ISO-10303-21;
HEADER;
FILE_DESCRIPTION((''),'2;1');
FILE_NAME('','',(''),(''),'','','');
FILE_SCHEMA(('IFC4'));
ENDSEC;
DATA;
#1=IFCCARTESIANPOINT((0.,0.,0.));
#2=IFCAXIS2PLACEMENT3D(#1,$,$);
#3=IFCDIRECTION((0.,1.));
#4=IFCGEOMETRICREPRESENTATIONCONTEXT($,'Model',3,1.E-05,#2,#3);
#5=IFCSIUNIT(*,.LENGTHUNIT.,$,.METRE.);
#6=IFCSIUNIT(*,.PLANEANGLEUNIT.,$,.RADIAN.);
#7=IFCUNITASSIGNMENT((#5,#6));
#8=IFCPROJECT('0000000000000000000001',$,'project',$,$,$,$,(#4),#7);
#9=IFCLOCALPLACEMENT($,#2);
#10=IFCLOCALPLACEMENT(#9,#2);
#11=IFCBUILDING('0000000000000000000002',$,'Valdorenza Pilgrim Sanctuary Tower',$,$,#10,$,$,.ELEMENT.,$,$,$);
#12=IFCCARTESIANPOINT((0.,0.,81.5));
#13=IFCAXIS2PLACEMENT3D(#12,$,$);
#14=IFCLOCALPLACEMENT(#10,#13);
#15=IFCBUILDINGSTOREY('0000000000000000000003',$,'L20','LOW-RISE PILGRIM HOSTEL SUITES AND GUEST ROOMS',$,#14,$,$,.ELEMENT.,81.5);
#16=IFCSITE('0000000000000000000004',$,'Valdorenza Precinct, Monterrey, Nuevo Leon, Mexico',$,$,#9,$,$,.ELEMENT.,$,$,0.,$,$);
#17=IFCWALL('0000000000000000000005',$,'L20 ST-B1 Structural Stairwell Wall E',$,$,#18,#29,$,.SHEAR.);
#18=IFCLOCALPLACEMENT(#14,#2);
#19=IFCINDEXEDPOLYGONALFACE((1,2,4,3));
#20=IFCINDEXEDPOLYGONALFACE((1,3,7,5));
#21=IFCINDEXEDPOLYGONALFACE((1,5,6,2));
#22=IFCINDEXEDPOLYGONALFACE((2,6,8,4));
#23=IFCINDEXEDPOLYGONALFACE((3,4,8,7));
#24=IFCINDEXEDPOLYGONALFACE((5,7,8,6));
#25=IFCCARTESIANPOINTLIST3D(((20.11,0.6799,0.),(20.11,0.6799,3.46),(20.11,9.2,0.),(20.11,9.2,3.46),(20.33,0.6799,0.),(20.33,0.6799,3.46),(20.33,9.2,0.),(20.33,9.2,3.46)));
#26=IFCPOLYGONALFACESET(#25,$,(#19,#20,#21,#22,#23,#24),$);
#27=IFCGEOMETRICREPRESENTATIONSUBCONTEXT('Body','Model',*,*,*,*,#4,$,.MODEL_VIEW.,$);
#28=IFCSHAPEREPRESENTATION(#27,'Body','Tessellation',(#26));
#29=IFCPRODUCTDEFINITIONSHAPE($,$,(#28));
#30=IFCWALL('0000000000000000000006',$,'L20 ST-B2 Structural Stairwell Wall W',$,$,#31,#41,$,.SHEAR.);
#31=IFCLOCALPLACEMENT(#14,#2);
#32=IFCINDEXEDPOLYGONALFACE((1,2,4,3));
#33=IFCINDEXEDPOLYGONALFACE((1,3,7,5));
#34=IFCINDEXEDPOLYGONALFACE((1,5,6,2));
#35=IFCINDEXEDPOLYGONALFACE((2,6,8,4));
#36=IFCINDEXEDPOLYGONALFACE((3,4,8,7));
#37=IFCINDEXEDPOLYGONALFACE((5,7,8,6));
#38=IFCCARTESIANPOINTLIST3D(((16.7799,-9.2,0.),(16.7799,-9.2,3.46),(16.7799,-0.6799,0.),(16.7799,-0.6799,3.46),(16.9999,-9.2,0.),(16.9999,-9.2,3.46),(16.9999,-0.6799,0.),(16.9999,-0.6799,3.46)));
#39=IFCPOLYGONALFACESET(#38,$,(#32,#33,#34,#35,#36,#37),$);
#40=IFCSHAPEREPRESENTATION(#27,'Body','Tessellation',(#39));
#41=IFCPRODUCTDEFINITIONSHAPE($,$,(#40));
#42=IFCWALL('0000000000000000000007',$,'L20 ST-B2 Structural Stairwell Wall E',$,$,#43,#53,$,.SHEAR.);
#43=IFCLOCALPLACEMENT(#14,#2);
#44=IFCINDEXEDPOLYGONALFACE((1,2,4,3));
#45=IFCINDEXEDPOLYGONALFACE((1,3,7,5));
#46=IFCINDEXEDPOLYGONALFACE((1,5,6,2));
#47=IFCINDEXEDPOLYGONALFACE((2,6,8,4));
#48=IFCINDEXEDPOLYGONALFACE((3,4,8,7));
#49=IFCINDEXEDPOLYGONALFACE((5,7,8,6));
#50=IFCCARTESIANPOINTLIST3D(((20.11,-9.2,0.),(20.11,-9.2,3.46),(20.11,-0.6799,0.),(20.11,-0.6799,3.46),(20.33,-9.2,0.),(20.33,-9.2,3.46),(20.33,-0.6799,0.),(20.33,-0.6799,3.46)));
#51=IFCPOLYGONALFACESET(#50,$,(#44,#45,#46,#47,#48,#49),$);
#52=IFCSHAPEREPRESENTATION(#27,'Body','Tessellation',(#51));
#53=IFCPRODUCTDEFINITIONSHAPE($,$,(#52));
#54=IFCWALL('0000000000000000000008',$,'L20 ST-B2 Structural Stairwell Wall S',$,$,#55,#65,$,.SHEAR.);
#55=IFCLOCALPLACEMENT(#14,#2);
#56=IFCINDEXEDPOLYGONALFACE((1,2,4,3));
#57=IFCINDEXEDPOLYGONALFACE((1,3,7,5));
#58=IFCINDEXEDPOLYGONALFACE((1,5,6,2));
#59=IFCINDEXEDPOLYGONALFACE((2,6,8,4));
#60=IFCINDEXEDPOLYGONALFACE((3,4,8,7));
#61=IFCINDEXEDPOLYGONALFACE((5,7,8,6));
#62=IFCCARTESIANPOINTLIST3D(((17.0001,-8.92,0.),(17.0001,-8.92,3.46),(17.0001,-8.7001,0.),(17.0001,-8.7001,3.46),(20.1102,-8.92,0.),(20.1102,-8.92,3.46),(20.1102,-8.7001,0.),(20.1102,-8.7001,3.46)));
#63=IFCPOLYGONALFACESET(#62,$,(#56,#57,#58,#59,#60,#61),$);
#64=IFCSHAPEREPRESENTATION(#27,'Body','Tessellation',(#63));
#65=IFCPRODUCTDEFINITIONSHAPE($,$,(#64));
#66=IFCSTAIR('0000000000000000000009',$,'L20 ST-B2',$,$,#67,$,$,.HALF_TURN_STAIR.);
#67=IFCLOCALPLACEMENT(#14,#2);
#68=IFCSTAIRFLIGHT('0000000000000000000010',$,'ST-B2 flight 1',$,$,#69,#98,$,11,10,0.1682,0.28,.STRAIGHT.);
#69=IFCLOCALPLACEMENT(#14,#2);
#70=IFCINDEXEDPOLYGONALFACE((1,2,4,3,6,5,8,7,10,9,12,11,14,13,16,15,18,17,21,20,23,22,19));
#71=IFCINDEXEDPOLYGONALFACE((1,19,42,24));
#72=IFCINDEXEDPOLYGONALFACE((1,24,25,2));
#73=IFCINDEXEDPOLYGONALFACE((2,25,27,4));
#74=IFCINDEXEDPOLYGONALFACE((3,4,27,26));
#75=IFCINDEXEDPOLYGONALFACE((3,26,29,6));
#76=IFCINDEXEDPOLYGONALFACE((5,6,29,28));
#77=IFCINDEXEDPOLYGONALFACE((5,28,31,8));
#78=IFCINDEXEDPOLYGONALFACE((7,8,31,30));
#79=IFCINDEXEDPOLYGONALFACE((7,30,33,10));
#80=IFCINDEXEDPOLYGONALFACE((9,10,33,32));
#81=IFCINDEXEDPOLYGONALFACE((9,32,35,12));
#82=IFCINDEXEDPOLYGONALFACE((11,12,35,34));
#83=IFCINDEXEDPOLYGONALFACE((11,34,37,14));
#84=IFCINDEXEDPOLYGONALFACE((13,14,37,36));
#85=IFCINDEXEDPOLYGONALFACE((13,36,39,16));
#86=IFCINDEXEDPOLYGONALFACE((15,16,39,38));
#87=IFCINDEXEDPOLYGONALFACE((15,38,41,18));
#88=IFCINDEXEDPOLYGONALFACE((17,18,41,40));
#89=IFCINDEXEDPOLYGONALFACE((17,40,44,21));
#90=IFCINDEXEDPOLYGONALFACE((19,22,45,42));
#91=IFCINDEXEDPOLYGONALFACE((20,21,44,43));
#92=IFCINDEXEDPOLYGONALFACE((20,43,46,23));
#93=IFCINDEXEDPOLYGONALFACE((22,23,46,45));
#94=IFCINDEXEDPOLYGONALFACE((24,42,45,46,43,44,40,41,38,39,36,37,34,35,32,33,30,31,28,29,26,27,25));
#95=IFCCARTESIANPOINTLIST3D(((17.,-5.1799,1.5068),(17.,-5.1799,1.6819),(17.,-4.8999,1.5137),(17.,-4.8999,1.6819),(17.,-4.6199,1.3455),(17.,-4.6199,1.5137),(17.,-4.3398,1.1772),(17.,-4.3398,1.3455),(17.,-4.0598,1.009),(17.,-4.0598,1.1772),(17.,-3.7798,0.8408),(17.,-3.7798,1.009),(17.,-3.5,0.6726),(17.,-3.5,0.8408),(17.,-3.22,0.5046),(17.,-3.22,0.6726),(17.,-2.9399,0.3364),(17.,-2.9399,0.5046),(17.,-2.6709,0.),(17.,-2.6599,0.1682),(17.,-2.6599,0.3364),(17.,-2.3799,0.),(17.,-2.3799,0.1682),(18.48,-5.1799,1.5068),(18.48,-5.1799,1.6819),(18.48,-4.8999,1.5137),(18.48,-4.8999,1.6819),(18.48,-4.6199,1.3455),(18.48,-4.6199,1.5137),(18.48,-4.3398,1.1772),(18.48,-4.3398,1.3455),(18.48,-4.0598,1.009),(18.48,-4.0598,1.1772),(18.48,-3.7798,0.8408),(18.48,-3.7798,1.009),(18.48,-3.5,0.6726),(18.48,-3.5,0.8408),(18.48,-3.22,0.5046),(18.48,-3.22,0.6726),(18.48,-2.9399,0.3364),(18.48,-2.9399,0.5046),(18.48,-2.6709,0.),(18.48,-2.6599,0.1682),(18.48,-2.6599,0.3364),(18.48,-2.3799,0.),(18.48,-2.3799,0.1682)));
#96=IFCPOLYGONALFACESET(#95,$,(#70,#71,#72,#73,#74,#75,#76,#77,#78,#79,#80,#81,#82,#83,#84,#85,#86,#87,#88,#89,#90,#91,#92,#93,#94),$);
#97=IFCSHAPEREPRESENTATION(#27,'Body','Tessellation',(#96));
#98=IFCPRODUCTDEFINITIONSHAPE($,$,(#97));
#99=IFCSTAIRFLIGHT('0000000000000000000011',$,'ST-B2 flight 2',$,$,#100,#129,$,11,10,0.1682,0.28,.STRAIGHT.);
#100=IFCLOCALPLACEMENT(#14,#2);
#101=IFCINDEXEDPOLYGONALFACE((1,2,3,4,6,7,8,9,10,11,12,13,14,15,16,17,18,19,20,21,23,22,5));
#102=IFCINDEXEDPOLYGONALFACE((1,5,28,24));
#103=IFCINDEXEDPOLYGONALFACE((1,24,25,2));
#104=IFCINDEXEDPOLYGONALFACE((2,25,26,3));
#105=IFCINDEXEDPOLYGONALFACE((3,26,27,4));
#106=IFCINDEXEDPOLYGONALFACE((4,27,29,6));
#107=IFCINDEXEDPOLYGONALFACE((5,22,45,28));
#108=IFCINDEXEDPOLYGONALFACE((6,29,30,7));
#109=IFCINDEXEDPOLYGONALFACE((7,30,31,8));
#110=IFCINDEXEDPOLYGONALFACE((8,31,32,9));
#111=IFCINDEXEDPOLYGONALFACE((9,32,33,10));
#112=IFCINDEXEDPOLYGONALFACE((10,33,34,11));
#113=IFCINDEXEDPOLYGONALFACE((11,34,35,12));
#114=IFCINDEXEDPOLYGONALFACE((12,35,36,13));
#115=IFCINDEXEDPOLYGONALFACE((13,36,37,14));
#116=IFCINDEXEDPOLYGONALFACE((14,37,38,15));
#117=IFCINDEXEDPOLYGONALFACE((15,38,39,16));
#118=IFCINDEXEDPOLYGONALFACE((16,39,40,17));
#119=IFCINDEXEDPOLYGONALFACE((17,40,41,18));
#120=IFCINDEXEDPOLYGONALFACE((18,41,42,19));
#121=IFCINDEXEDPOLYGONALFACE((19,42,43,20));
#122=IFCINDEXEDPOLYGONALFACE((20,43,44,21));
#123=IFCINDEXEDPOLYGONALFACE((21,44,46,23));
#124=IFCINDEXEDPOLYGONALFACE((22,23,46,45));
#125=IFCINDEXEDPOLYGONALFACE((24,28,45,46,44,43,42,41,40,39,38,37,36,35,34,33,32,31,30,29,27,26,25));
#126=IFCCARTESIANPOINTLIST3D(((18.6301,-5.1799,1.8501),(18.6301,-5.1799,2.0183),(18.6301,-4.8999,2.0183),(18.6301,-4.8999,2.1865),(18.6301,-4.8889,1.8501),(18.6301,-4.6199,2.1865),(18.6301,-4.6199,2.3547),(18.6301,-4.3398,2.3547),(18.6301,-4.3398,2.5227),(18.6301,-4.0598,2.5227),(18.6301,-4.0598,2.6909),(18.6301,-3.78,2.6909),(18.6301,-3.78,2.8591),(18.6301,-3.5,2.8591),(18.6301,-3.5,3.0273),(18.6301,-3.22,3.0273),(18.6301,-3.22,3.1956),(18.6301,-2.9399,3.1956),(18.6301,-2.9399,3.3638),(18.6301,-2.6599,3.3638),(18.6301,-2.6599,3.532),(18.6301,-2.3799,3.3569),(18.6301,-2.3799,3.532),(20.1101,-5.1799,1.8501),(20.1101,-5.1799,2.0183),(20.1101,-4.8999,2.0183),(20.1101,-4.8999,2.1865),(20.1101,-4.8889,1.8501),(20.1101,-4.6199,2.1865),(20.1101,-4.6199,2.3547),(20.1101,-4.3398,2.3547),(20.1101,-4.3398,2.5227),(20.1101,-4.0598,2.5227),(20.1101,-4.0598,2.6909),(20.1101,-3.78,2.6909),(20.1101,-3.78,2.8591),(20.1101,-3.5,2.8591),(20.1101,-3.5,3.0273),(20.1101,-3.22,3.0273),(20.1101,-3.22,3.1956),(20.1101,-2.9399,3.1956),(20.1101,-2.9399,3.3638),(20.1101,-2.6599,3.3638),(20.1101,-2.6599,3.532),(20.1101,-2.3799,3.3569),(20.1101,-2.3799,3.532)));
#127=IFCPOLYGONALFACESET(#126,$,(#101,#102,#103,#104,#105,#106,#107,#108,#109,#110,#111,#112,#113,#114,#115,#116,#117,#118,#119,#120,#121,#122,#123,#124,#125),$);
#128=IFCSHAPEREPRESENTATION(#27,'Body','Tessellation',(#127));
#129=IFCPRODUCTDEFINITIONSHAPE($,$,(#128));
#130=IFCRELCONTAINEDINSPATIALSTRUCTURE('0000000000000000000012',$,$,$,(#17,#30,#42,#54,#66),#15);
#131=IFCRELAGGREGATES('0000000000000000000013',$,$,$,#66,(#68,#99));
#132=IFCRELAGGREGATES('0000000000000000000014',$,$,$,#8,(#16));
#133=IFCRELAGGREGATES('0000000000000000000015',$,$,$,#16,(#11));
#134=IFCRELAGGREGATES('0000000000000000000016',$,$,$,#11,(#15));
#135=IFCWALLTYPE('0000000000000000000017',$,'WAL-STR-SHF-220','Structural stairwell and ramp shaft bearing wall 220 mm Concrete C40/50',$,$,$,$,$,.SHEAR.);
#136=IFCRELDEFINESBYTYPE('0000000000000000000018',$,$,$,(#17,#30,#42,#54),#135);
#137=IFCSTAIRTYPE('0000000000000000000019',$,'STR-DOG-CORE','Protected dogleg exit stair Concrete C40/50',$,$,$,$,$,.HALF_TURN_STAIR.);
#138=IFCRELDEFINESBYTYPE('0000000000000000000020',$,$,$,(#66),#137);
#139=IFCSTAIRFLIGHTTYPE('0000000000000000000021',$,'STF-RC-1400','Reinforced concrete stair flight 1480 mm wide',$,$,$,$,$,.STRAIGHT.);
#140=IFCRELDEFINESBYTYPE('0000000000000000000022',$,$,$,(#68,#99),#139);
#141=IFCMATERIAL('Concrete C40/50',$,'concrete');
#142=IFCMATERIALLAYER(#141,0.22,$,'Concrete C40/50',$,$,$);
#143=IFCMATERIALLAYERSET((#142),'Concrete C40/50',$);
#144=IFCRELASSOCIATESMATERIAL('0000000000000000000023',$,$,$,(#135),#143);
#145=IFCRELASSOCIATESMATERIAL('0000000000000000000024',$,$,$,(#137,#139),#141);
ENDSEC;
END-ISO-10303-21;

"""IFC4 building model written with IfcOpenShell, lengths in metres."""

from ifc_helpers import new_model, si_unit, direction, frame, frame_2d, origin, place, context, subcontext, project, spatial, polyline, rectangle, outline, extrude, material, layer, layer_set, type_object, element, aggregate, save


model = new_model("IFC4")

# Units and contexts
model_context = context("Model", 3, precision=1e-05, world=origin(), true_north=direction((0.0, 1.0)))
body_context = subcontext(model_context, "Body", "Model", "MODEL_VIEW")
ifc_project = project(units=[si_unit("LENGTHUNIT", "METRE"), si_unit("PLANEANGLEUNIT", "RADIAN")], contexts=[model_context])

# Site, building, storey
site_placement = place(None, origin())
site = spatial("IfcSite", under=ifc_project, at=site_placement, Name="Valdorenza Precinct, Monterrey, Nuevo Leon, Mexico", CompositionType="ELEMENT", RefElevation=0.0)
building_placement = place(site_placement, origin())
building = spatial("IfcBuilding", under=site, at=building_placement, Name="Valdorenza Pilgrim Sanctuary Tower", CompositionType="ELEMENT")
storey_placement = place(building_placement, frame((0.0, 0.0, 81.5)))
storey = spatial("IfcBuildingStorey", under=building, at=storey_placement, Name="L20", Description="LOW-RISE PILGRIM HOSTEL SUITES AND GUEST ROOMS", CompositionType="ELEMENT", Elevation=81.5)

# Walls
ifc_material_1 = material(Name="Concrete C40/50", Category="concrete")
ifc_layer_1 = layer(ifc_material_1, 0.22, Name="Concrete C40/50")
ifc_layer_set_1 = layer_set([ifc_layer_1], Name="Concrete C40/50")
wall_type_1 = type_object("IfcWallType", Name="WAL-STR-SHF-220", Description="Structural stairwell and ramp shaft bearing wall 220 mm Concrete C40/50", PredefinedType="SHEAR", material=ifc_layer_set_1)
for number, where, z_axis, x_axis, name in (
    (1, (20.22, 0.6799, 0.0), (0.0, 0.0, 1.0), (0.0, 1.0, 0.0), "L20 ST-B1 Structural Stairwell Wall E"),
    (2, (16.8899, -9.2, 0.0), (0.0, 0.0, 1.0), (0.0, 1.0, 0.0), "L20 ST-B2 Structural Stairwell Wall W"),
    (3, (20.22, -9.2, 0.0), (0.0, 0.0, 1.0), (0.0, 1.0, 0.0), "L20 ST-B2 Structural Stairwell Wall E"),
):
    element("IfcWall", number, at=place(storey_placement, frame(where, z_axis=z_axis, x_axis=x_axis)), inside=storey, type_object=wall_type_1, Name=name, PredefinedType="SHEAR", context=body_context, shape_type="SweptSolid", body=[
        extrude(rectangle(XDim=8.52, YDim=0.22, at=frame_2d((4.26, 0.0))), origin(), (0.0, 0.0, 1.0), 3.46),
    ])
wall_1_placement = place(storey_placement, frame((17.0, -8.8101, 0.0), z_axis=(0.0, 0.0, 1.0), x_axis=(1.0, 0.0, 0.0)))
element("IfcWall", 4, at=wall_1_placement, inside=storey, type_object=wall_type_1, Name="L20 ST-B2 Structural Stairwell Wall S", PredefinedType="SHEAR", context=body_context, shape_type="SweptSolid", body=[
    extrude(rectangle(XDim=3.1101, YDim=0.22, at=frame_2d((1.5552, 0.0))), origin(), (0.0, 0.0, 1.0), 3.46),
])

# Stair, stair flights
stair_type = type_object("IfcStairType", Name="STR-DOG-CORE", Description="Protected dogleg exit stair Concrete C40/50", PredefinedType="HALF_TURN_STAIR", material=ifc_material_1)
stair_placement = place(storey_placement, origin())
stair = element("IfcStair", 5, at=stair_placement, inside=storey, type_object=stair_type, Name="L20 ST-B2", PredefinedType="HALF_TURN_STAIR")
stair_flight_type = type_object("IfcStairFlightType", Name="STF-RC-1400", Description="Reinforced concrete stair flight 1480 mm wide", PredefinedType="STRAIGHT", material=ifc_material_1)
stair_flight_1_placement = place(storey_placement, frame((17.74, -2.3799, 0.0), z_axis=(0.0, 0.0, 1.0), x_axis=(0.0, -1.0, 0.0)))
stair_flight_1 = element("IfcStairFlight", 6, at=stair_flight_1_placement, type_object=stair_flight_type, Name="ST-B2 flight 1", NumberOfRisers=11, NumberOfTreads=10, PredefinedType="STRAIGHT", RiserHeight=0.1682, TreadLength=0.28, context=body_context, shape_type="SweptSolid", body=[
    extrude(outline(polyline([(0.0, 0.0), (0.0, 0.1682), (0.28, 0.1682), (0.28, 0.3364), (0.5601, 0.3364), (0.5601, 0.5046), (0.8401, 0.5046), (0.8401, 0.6726), (1.1201, 0.6726), (1.1201, 0.8408), (1.3999, 0.8408), (1.3999, 1.009), (1.6799, 1.009), (1.6799, 1.1772), (1.96, 1.1772), (1.96, 1.3455), (2.24, 1.3455), (2.24, 1.5137), (2.52, 1.5137), (2.52, 1.6819), (2.8, 1.6819), (2.8, 1.8501), (2.8, 1.5068), (0.291, 0.0), (0.0, 0.0)])), frame((0.0, 0.74, 0.0), z_axis=(0.0, -1.0, 0.0), x_axis=(1.0, 0.0, 0.0)), (0.0, 0.0, 1.0), 1.48),
])
stair_flight_2_placement = place(storey_placement, frame((19.3701, -5.1799, 1.8501), z_axis=(0.0, 0.0, 1.0), x_axis=(0.0, 1.0, 0.0)))
stair_flight_2 = element("IfcStairFlight", 7, at=stair_flight_2_placement, type_object=stair_flight_type, Name="ST-B2 flight 2", NumberOfRisers=11, NumberOfTreads=10, PredefinedType="STRAIGHT", RiserHeight=0.1682, TreadLength=0.28, context=body_context, shape_type="SweptSolid", body=[
    extrude(outline(polyline([(0.0, 0.0), (0.0, 0.1682), (0.28, 0.1682), (0.28, 0.3364), (0.5601, 0.3364), (0.5601, 0.5046), (0.8401, 0.5046), (0.8401, 0.6726), (1.1201, 0.6726), (1.1201, 0.8408), (1.3999, 0.8408), (1.3999, 1.009), (1.6799, 1.009), (1.6799, 1.1772), (1.96, 1.1772), (1.96, 1.3455), (2.24, 1.3455), (2.24, 1.5137), (2.52, 1.5137), (2.52, 1.6819), (2.8, 1.6819), (2.8, 1.8501), (2.8, 1.5068), (0.291, 0.0), (0.0, 0.0)])), frame((0.0, 0.74, 0.0), z_axis=(0.0, -1.0, 0.0), x_axis=(1.0, 0.0, 0.0)), (0.0, 0.0, 1.0), 1.48),
])
aggregate(stair, [stair_flight_1, stair_flight_2])

save(model, "model.ifc")
